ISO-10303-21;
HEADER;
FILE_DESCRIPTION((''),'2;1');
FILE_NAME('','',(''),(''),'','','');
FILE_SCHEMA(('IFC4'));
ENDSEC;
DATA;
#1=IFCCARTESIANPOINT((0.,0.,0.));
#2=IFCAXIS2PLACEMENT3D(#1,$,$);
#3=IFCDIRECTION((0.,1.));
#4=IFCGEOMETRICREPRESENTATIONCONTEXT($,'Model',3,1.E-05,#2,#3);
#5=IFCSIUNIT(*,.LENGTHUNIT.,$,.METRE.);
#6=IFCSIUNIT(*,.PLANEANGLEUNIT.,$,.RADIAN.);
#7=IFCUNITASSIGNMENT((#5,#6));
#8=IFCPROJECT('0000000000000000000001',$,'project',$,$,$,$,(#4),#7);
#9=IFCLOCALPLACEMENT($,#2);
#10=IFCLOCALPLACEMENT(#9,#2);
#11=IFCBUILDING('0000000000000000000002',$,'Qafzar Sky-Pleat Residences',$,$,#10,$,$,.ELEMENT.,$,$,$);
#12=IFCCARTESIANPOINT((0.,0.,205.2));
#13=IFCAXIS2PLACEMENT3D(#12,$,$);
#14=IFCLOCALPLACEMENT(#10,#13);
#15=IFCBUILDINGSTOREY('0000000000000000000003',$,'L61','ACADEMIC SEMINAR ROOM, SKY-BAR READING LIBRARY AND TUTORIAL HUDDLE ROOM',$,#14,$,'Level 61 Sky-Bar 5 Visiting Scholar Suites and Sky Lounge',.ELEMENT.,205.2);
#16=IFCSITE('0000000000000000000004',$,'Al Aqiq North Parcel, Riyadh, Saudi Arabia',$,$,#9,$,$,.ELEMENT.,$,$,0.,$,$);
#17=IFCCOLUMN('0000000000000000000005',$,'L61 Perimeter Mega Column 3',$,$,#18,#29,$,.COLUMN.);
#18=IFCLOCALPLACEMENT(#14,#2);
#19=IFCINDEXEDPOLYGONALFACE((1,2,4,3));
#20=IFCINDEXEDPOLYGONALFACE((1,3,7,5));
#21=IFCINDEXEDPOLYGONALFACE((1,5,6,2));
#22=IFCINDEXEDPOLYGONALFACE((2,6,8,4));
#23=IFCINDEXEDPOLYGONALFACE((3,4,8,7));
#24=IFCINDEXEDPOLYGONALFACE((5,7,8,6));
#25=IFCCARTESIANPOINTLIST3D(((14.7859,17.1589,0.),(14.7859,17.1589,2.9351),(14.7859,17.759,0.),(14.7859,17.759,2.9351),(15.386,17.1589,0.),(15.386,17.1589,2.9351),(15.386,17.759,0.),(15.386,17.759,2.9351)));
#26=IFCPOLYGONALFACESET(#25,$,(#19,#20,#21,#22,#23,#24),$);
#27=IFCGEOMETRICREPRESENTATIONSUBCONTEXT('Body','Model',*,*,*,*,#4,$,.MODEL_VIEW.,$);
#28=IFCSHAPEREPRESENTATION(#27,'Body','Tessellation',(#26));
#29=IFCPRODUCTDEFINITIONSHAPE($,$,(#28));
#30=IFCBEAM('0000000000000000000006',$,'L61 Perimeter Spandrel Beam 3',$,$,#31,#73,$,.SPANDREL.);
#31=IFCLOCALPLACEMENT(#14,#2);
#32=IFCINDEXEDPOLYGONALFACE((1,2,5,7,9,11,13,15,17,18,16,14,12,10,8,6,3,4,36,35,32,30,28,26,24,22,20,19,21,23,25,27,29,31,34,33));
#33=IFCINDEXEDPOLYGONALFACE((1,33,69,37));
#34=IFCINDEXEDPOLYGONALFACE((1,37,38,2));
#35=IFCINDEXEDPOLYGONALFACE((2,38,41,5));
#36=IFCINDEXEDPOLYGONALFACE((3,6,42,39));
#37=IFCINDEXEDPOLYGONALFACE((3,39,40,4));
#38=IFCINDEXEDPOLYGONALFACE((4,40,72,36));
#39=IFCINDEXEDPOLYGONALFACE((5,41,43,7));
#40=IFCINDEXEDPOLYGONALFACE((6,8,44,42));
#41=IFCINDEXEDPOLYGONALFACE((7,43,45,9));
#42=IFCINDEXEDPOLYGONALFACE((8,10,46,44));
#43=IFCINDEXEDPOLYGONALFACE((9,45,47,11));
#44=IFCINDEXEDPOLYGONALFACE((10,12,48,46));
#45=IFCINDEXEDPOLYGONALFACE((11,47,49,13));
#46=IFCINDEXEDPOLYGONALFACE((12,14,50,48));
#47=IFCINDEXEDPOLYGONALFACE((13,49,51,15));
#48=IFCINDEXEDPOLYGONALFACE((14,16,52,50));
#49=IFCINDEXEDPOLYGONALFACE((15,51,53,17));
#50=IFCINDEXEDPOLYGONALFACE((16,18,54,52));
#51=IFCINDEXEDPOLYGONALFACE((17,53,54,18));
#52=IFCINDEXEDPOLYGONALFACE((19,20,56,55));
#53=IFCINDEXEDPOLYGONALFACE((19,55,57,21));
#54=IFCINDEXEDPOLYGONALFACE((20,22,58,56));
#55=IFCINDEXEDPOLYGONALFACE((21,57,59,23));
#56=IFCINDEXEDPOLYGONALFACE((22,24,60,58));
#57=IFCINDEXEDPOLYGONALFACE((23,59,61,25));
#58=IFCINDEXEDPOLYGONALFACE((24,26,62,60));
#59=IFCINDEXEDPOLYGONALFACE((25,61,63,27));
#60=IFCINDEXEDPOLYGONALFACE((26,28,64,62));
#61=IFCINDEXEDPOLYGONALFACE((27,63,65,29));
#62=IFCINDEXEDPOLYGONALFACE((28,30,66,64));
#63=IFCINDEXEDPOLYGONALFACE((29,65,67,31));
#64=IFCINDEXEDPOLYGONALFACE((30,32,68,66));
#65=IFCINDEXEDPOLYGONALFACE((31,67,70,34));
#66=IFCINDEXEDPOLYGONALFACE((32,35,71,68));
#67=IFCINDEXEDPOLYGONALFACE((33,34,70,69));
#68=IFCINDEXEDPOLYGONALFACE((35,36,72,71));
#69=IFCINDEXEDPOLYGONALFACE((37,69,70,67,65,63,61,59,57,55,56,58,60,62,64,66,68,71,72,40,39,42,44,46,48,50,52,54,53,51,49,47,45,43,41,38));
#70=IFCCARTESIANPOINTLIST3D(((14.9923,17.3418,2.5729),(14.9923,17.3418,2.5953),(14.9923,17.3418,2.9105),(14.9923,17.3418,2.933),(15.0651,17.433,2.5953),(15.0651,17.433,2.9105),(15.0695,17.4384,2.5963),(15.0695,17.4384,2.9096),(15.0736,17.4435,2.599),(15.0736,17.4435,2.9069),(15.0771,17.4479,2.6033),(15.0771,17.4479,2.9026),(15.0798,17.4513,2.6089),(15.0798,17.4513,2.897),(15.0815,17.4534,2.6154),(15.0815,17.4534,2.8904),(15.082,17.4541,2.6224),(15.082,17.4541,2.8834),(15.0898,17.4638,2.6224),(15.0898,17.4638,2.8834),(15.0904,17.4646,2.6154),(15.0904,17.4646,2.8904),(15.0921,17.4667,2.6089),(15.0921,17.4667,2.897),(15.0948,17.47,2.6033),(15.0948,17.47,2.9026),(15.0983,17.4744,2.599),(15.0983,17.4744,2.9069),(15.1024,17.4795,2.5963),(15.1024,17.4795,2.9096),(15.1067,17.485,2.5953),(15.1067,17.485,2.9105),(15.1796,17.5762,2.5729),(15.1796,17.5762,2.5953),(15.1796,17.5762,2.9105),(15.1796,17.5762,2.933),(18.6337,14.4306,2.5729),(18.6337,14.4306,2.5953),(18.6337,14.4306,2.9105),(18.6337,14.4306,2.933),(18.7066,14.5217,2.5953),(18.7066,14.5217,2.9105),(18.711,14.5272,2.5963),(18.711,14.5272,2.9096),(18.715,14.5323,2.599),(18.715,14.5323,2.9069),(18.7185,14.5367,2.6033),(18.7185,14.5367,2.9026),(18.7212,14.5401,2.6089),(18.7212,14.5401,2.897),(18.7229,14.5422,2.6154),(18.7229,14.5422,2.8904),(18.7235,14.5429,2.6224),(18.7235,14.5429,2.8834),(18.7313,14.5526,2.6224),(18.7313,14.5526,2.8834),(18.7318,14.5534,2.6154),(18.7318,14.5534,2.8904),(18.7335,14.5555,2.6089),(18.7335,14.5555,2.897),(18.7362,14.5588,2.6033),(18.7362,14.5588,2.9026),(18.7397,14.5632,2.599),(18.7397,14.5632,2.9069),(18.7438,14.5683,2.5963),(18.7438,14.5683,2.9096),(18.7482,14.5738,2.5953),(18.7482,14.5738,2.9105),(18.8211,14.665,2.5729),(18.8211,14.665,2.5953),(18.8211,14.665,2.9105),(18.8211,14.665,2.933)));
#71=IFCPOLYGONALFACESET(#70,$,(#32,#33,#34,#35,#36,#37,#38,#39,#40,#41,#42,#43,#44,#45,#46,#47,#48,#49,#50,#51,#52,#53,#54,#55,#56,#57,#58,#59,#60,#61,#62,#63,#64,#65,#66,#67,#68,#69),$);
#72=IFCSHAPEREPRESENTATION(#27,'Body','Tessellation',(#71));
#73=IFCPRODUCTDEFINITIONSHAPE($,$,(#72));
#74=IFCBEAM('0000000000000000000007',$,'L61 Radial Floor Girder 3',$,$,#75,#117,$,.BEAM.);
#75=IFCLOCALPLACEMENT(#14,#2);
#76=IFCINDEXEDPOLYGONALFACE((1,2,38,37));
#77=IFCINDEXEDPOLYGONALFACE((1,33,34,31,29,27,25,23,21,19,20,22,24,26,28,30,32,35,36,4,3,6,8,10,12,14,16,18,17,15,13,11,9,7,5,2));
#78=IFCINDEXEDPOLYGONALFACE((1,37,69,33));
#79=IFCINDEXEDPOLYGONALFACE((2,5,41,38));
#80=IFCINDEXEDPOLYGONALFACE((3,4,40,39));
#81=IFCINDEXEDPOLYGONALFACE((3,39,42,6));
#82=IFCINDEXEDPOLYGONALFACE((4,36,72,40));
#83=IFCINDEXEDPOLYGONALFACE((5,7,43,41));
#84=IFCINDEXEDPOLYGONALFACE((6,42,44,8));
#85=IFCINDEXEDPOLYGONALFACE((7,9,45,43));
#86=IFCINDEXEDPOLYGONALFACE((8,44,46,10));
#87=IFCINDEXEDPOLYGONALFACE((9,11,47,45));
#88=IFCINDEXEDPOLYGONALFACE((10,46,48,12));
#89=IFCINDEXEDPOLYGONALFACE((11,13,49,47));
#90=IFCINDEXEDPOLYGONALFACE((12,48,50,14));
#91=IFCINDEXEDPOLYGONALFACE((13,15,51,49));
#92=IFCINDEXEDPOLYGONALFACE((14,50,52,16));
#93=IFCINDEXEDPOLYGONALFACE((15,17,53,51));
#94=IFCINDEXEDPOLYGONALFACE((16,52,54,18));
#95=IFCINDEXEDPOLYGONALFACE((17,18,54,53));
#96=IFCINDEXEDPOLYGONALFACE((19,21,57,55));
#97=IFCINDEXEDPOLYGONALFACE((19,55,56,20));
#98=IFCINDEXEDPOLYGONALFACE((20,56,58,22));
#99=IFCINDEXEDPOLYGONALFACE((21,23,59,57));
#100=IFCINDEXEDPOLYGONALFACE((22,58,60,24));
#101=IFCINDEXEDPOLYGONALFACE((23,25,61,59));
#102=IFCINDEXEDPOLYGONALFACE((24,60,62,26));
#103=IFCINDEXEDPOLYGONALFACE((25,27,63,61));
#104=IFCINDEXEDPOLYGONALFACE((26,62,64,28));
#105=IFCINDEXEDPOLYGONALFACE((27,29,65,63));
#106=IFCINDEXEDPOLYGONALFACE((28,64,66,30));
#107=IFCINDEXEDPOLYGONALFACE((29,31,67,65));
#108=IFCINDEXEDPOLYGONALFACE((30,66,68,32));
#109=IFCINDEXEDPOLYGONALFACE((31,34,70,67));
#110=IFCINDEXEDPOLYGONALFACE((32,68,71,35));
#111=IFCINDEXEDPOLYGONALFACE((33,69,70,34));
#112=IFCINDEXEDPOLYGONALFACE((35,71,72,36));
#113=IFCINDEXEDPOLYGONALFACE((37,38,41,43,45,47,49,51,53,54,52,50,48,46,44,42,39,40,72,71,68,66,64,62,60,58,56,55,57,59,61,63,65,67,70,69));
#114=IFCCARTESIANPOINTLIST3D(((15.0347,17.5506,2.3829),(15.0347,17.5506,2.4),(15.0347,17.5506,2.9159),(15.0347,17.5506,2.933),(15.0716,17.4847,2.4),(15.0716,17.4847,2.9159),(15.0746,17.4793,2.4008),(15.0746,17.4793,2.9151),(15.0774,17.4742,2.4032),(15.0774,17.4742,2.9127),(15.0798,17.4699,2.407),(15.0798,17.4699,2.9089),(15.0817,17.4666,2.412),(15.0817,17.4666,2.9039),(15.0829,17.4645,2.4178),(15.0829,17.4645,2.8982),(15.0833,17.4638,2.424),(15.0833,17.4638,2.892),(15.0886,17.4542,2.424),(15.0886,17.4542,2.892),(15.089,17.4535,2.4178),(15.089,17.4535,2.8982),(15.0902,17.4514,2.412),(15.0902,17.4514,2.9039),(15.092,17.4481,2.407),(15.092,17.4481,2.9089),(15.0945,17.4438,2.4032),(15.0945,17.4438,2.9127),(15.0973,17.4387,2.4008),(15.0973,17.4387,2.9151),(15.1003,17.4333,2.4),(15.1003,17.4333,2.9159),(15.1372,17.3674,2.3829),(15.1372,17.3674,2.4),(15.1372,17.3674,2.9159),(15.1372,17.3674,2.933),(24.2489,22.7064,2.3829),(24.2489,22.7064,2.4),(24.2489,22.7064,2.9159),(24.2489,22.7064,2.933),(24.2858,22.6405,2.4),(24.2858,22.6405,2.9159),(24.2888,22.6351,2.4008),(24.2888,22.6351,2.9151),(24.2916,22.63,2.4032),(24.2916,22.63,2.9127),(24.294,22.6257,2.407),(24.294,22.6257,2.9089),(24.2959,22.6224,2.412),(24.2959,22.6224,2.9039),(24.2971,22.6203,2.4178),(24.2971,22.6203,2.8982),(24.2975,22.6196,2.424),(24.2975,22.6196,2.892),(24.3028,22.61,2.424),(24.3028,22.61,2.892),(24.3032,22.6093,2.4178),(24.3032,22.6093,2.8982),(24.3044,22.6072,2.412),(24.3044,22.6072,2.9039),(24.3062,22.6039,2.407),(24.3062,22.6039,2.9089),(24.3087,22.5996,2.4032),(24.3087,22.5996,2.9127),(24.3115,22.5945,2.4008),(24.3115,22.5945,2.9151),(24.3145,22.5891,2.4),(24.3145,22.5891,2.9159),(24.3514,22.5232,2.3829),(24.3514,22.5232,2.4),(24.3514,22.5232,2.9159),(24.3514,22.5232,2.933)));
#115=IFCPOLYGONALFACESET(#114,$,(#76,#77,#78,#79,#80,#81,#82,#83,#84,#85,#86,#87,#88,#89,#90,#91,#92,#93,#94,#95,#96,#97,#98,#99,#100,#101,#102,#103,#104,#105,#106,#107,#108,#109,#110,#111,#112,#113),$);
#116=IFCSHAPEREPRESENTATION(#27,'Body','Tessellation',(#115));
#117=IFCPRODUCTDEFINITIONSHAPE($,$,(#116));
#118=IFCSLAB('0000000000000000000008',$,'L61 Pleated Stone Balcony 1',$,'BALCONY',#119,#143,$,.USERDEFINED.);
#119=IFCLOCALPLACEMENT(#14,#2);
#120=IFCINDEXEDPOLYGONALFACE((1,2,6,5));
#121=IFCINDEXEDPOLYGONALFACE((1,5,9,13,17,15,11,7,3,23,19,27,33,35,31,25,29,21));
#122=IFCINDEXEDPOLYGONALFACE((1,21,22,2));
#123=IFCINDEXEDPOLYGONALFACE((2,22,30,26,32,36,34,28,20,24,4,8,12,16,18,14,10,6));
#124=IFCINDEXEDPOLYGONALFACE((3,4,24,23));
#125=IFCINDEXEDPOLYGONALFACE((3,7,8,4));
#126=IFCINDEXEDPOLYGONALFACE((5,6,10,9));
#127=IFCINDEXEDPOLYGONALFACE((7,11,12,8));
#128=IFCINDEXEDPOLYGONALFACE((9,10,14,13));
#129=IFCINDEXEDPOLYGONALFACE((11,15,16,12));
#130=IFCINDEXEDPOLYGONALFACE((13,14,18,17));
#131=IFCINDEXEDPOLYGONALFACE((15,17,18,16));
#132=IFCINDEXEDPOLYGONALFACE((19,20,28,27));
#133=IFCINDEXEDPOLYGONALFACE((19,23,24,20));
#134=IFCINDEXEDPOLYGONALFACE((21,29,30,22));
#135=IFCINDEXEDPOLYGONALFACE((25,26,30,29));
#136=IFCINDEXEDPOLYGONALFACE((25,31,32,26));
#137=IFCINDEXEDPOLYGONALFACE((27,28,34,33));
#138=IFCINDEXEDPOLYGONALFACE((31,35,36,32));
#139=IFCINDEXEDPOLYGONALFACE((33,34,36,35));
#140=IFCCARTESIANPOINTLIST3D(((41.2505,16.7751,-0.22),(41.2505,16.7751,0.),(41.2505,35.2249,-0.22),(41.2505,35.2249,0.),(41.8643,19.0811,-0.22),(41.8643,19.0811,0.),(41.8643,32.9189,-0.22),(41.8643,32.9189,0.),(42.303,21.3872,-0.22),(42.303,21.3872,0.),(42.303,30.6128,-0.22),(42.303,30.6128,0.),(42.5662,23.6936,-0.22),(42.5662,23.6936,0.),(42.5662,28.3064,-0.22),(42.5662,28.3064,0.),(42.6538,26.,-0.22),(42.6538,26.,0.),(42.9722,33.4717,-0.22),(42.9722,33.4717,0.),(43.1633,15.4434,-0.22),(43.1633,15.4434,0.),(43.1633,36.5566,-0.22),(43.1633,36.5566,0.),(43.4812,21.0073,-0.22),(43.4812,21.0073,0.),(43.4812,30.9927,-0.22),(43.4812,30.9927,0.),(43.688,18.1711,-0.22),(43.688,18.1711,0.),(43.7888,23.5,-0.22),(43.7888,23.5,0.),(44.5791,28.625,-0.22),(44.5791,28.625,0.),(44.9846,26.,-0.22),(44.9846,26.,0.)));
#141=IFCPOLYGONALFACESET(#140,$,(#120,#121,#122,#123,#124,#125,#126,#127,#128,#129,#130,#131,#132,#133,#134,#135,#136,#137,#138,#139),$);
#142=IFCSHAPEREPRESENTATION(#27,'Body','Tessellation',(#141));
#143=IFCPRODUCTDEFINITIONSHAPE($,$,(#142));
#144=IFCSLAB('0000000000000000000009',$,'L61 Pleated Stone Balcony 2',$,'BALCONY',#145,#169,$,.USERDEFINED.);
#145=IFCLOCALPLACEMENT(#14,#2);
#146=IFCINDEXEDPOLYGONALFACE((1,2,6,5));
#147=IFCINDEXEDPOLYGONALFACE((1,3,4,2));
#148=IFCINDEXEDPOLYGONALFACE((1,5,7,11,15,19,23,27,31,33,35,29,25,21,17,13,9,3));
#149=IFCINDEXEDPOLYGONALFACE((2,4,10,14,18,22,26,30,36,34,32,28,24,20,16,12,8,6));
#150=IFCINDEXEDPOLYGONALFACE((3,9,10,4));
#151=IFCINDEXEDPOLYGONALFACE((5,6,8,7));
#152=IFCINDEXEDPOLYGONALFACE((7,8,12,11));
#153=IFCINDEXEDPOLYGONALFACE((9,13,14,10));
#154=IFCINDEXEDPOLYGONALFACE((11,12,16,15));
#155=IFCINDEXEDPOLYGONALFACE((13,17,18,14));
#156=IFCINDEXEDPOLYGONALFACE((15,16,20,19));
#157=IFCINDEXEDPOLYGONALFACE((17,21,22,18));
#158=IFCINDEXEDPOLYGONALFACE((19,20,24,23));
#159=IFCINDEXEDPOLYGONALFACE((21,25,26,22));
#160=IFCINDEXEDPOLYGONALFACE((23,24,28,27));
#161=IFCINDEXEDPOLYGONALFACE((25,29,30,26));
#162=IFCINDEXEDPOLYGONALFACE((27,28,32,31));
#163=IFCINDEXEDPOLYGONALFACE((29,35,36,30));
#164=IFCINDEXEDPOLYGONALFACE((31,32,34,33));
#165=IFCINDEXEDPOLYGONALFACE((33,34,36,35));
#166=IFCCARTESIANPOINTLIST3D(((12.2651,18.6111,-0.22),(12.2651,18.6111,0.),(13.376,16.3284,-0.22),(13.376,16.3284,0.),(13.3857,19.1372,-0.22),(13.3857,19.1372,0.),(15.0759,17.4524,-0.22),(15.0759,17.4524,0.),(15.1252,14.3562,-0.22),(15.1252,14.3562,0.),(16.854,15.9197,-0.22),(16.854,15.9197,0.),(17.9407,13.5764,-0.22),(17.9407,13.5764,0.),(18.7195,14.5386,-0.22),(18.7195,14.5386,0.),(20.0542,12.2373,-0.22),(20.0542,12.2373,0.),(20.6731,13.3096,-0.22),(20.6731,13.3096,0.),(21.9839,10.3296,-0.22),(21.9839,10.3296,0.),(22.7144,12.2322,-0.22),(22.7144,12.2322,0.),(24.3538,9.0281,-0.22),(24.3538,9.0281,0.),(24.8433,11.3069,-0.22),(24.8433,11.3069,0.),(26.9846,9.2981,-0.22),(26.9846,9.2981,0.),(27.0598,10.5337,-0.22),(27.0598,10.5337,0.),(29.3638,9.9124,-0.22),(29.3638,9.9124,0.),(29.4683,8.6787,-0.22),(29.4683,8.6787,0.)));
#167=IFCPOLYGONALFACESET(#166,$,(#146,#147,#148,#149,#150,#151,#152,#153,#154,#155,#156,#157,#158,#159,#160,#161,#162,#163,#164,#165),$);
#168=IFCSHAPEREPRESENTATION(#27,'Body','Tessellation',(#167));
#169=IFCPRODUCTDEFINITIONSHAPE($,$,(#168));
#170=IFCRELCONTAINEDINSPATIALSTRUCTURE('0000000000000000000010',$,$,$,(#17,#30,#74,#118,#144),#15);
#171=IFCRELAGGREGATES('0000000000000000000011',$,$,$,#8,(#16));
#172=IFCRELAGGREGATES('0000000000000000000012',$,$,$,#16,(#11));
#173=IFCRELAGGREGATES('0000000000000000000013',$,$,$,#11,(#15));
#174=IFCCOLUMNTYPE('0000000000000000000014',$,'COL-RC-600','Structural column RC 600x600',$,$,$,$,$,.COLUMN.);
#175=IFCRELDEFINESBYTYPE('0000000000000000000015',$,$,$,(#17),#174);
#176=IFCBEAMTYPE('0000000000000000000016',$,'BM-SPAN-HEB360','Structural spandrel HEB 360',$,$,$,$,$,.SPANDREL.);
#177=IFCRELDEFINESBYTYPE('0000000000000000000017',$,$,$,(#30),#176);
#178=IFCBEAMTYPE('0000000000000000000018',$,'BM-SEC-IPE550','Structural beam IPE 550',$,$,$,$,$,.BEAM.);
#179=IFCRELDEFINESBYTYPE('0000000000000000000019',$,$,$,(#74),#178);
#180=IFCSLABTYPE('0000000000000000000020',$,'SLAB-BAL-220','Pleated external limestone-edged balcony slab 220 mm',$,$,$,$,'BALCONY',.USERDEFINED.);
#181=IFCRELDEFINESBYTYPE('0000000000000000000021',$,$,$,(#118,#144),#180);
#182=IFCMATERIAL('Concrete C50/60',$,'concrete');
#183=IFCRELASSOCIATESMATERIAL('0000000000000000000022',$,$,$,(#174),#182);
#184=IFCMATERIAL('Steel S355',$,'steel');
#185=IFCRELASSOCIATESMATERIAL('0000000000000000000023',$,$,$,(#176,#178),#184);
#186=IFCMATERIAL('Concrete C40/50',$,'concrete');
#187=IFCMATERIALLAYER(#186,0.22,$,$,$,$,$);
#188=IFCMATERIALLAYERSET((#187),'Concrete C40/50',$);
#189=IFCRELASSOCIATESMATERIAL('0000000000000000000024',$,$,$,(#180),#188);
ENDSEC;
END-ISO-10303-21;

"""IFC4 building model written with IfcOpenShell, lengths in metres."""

from ifc_helpers import new_model, si_unit, direction, frame, origin, origin_2d, place, context, subcontext, project, spatial, polyline, rectangle, i_section, outline, extrude, source, transform, mapped, material, layer, layer_set, material_profile, profile_set, type_object, element, save


model = new_model("IFC4")

# Units and contexts
model_context = context("Model", 3, precision=1e-05, world=origin(), true_north=direction((0.0, 1.0)))
body_context = subcontext(model_context, "Body", "Model", "MODEL_VIEW")
ifc_project = project(units=[si_unit("LENGTHUNIT", "METRE"), si_unit("PLANEANGLEUNIT", "RADIAN")], contexts=[model_context])

# Site, building, storey
site_placement = place(None, origin())
site = spatial("IfcSite", under=ifc_project, at=site_placement, Name="Al Aqiq North Parcel, Riyadh, Saudi Arabia", CompositionType="ELEMENT", RefElevation=0.0)
building_placement = place(site_placement, origin())
building = spatial("IfcBuilding", under=site, at=building_placement, Name="Qafzar Sky-Pleat Residences", CompositionType="ELEMENT")
storey_placement = place(building_placement, frame((0.0, 0.0, 205.2)))
storey = spatial("IfcBuildingStorey", under=building, at=storey_placement, Name="L61", Description="ACADEMIC SEMINAR ROOM, SKY-BAR READING LIBRARY AND TUTORIAL HUDDLE ROOM", LongName="Level 61 Sky-Bar 5 Visiting Scholar Suites and Sky Lounge", CompositionType="ELEMENT", Elevation=205.2)

# Column
ifc_material_1 = material(Name="Concrete C50/60", Category="concrete")
ifc_material_profile_1 = material_profile(ifc_material_1, rectangle(XDim=0.6001, YDim=0.6001, at=origin_2d()), Name="RC 600x600")
ifc_profile_set_1 = profile_set([ifc_material_profile_1], Name="Concrete C50/60")
column_type = type_object("IfcColumnType", Name="COL-RC-600", Description="Structural column RC 600x600", PredefinedType="COLUMN", material=ifc_profile_set_1)
shared_shape_1 = source(origin(), body_context, "Body", "SweptSolid", [
    extrude(rectangle(XDim=0.6001, YDim=0.6001, at=origin_2d()), origin(), (0.0, 0.0, 1.0), 2.9351),
])
column_placement = place(storey_placement, frame((15.0859, 17.459, 0.0), z_axis=(0.0, 0.0, 1.0), x_axis=(1.0, 0.0, 0.0)))
element("IfcColumn", 1, at=column_placement, inside=storey, type_object=column_type, Name="L61 Perimeter Mega Column 3", PredefinedType="COLUMN", context=body_context, shape_type="MappedRepresentation", body=[
    mapped(shared_shape_1, transform((0.0, 0.0, 0.0), x_axis=(1.0, 0.0, 0.0), y_axis=(0.0, 1.0, 0.0), z_axis=(0.0, 0.0, 1.0), scale=1.0)),
])

# Beams
ifc_material_2 = material(Name="Steel S355", Category="steel")
ifc_material_profile_2 = material_profile(ifc_material_2, i_section(OverallWidth=0.3, OverallDepth=0.3601, WebThickness=0.0125, FlangeThickness=0.0225, FilletRadius=0.0271, at=origin_2d()), Name="HEB 360")
ifc_profile_set_2 = profile_set([ifc_material_profile_2], Name="Steel S355")
beam_type_1 = type_object("IfcBeamType", Name="BM-SPAN-HEB360", Description="Structural spandrel HEB 360", PredefinedType="SPANDREL", material=ifc_profile_set_2)
shared_shape_2 = source(origin(), body_context, "Body", "SweptSolid", [
    extrude(i_section(OverallWidth=0.3, OverallDepth=0.3601, WebThickness=0.0125, FlangeThickness=0.0225, FilletRadius=0.0271, at=origin_2d()), origin(), (0.0, 0.0, 1.0), 4.6621),
])
beam_1_placement = place(storey_placement, frame((15.0859, 17.459, 2.7529), z_axis=(0.781073, -0.62444, 0.0), x_axis=(0.62444, 0.781073, 0.0)))
element("IfcBeam", 2, at=beam_1_placement, inside=storey, type_object=beam_type_1, Name="L61 Perimeter Spandrel Beam 3", PredefinedType="SPANDREL", context=body_context, shape_type="MappedRepresentation", body=[
    mapped(shared_shape_2, transform((0.0, 0.0, 0.0), x_axis=(1.0, 0.0, 0.0), y_axis=(0.0, 1.0, 0.0), z_axis=(0.0, 0.0, 1.0), scale=1.0)),
])
ifc_material_profile_3 = material_profile(ifc_material_2, i_section(OverallWidth=0.21, OverallDepth=0.55, WebThickness=0.011, FlangeThickness=0.0171, FilletRadius=0.0239, at=origin_2d()), Name="IPE 550")
ifc_profile_set_3 = profile_set([ifc_material_profile_3], Name="Steel S355")
beam_type_2 = type_object("IfcBeamType", Name="BM-SEC-IPE550", Description="Structural beam IPE 550", PredefinedType="BEAM", material=ifc_profile_set_3)
shared_shape_3 = source(origin(), body_context, "Body", "SweptSolid", [
    extrude(i_section(OverallWidth=0.21, OverallDepth=0.55, WebThickness=0.011, FlangeThickness=0.0171, FilletRadius=0.0239, at=origin_2d()), origin(), (0.0, 0.0, 1.0), 10.5586),
])
beam_2_placement = place(storey_placement, frame((15.0859, 17.459, 2.658), z_axis=(0.872673, 0.488305, 0.0), x_axis=(-0.488305, 0.872673, 0.0)))
element("IfcBeam", 3, at=beam_2_placement, inside=storey, type_object=beam_type_2, Name="L61 Radial Floor Girder 3", PredefinedType="BEAM", context=body_context, shape_type="MappedRepresentation", body=[
    mapped(shared_shape_3, transform((0.0, 0.0, 0.0), x_axis=(1.0, 0.0, 0.0), y_axis=(0.0, 1.0, 0.0), z_axis=(0.0, 0.0, 1.0), scale=1.0)),
])

# Slabs
ifc_material_3 = material(Name="Concrete C40/50", Category="concrete")
ifc_layer_1 = layer(ifc_material_3, 0.22)
ifc_layer_set_1 = layer_set([ifc_layer_1], Name="Concrete C40/50")
slab_type_1 = type_object("IfcSlabType", Name="SLAB-BAL-220", Description="Pleated external limestone-edged balcony slab 220 mm", ElementType="BALCONY", PredefinedType="USERDEFINED", material=ifc_layer_set_1)
slab_1_placement = place(storey_placement, frame((0.0, 0.0, -0.22)))
element("IfcSlab", 4, at=slab_1_placement, inside=storey, type_object=slab_type_1, Name="L61 Pleated Stone Balcony 1", ObjectType="BALCONY", PredefinedType="USERDEFINED", context=body_context, shape_type="SweptSolid", body=[
    extrude(outline(polyline([(41.8643, 19.0811), (42.303, 21.3872), (42.5662, 23.6936), (42.6538, 26.0), (42.5662, 28.3064), (42.303, 30.6128), (41.8643, 32.9189), (41.2505, 35.2249), (43.1633, 36.5566), (42.9722, 33.4717), (43.4812, 30.9927), (44.5791, 28.625), (44.9846, 26.0), (43.7888, 23.5), (43.4812, 21.0073), (43.688, 18.1711), (43.1633, 15.4434), (41.2505, 16.7751), (41.8643, 19.0811)])), origin(), (0.0, 0.0, 1.0), 0.22),
])
slab_2_placement = place(storey_placement, frame((0.0, 0.0, -0.22)))
element("IfcSlab", 5, at=slab_2_placement, inside=storey, type_object=slab_type_1, Name="L61 Pleated Stone Balcony 2", ObjectType="BALCONY", PredefinedType="USERDEFINED", context=body_context, shape_type="SweptSolid", body=[
    extrude(outline(polyline([(15.0759, 17.4524), (16.854, 15.9197), (18.7195, 14.5386), (20.6731, 13.3096), (22.7144, 12.2322), (24.8433, 11.3069), (27.0598, 10.5337), (29.3638, 9.9124), (29.4683, 8.6787), (26.9846, 9.2981), (24.3538, 9.0281), (21.9839, 10.3296), (20.0542, 12.2373), (17.9407, 13.5764), (15.1252, 14.3562), (13.376, 16.3284), (12.2651, 18.6111), (13.3857, 19.1372), (15.0759, 17.4524)])), origin(), (0.0, 0.0, 1.0), 0.22),
])

save(model, "model.ifc")
